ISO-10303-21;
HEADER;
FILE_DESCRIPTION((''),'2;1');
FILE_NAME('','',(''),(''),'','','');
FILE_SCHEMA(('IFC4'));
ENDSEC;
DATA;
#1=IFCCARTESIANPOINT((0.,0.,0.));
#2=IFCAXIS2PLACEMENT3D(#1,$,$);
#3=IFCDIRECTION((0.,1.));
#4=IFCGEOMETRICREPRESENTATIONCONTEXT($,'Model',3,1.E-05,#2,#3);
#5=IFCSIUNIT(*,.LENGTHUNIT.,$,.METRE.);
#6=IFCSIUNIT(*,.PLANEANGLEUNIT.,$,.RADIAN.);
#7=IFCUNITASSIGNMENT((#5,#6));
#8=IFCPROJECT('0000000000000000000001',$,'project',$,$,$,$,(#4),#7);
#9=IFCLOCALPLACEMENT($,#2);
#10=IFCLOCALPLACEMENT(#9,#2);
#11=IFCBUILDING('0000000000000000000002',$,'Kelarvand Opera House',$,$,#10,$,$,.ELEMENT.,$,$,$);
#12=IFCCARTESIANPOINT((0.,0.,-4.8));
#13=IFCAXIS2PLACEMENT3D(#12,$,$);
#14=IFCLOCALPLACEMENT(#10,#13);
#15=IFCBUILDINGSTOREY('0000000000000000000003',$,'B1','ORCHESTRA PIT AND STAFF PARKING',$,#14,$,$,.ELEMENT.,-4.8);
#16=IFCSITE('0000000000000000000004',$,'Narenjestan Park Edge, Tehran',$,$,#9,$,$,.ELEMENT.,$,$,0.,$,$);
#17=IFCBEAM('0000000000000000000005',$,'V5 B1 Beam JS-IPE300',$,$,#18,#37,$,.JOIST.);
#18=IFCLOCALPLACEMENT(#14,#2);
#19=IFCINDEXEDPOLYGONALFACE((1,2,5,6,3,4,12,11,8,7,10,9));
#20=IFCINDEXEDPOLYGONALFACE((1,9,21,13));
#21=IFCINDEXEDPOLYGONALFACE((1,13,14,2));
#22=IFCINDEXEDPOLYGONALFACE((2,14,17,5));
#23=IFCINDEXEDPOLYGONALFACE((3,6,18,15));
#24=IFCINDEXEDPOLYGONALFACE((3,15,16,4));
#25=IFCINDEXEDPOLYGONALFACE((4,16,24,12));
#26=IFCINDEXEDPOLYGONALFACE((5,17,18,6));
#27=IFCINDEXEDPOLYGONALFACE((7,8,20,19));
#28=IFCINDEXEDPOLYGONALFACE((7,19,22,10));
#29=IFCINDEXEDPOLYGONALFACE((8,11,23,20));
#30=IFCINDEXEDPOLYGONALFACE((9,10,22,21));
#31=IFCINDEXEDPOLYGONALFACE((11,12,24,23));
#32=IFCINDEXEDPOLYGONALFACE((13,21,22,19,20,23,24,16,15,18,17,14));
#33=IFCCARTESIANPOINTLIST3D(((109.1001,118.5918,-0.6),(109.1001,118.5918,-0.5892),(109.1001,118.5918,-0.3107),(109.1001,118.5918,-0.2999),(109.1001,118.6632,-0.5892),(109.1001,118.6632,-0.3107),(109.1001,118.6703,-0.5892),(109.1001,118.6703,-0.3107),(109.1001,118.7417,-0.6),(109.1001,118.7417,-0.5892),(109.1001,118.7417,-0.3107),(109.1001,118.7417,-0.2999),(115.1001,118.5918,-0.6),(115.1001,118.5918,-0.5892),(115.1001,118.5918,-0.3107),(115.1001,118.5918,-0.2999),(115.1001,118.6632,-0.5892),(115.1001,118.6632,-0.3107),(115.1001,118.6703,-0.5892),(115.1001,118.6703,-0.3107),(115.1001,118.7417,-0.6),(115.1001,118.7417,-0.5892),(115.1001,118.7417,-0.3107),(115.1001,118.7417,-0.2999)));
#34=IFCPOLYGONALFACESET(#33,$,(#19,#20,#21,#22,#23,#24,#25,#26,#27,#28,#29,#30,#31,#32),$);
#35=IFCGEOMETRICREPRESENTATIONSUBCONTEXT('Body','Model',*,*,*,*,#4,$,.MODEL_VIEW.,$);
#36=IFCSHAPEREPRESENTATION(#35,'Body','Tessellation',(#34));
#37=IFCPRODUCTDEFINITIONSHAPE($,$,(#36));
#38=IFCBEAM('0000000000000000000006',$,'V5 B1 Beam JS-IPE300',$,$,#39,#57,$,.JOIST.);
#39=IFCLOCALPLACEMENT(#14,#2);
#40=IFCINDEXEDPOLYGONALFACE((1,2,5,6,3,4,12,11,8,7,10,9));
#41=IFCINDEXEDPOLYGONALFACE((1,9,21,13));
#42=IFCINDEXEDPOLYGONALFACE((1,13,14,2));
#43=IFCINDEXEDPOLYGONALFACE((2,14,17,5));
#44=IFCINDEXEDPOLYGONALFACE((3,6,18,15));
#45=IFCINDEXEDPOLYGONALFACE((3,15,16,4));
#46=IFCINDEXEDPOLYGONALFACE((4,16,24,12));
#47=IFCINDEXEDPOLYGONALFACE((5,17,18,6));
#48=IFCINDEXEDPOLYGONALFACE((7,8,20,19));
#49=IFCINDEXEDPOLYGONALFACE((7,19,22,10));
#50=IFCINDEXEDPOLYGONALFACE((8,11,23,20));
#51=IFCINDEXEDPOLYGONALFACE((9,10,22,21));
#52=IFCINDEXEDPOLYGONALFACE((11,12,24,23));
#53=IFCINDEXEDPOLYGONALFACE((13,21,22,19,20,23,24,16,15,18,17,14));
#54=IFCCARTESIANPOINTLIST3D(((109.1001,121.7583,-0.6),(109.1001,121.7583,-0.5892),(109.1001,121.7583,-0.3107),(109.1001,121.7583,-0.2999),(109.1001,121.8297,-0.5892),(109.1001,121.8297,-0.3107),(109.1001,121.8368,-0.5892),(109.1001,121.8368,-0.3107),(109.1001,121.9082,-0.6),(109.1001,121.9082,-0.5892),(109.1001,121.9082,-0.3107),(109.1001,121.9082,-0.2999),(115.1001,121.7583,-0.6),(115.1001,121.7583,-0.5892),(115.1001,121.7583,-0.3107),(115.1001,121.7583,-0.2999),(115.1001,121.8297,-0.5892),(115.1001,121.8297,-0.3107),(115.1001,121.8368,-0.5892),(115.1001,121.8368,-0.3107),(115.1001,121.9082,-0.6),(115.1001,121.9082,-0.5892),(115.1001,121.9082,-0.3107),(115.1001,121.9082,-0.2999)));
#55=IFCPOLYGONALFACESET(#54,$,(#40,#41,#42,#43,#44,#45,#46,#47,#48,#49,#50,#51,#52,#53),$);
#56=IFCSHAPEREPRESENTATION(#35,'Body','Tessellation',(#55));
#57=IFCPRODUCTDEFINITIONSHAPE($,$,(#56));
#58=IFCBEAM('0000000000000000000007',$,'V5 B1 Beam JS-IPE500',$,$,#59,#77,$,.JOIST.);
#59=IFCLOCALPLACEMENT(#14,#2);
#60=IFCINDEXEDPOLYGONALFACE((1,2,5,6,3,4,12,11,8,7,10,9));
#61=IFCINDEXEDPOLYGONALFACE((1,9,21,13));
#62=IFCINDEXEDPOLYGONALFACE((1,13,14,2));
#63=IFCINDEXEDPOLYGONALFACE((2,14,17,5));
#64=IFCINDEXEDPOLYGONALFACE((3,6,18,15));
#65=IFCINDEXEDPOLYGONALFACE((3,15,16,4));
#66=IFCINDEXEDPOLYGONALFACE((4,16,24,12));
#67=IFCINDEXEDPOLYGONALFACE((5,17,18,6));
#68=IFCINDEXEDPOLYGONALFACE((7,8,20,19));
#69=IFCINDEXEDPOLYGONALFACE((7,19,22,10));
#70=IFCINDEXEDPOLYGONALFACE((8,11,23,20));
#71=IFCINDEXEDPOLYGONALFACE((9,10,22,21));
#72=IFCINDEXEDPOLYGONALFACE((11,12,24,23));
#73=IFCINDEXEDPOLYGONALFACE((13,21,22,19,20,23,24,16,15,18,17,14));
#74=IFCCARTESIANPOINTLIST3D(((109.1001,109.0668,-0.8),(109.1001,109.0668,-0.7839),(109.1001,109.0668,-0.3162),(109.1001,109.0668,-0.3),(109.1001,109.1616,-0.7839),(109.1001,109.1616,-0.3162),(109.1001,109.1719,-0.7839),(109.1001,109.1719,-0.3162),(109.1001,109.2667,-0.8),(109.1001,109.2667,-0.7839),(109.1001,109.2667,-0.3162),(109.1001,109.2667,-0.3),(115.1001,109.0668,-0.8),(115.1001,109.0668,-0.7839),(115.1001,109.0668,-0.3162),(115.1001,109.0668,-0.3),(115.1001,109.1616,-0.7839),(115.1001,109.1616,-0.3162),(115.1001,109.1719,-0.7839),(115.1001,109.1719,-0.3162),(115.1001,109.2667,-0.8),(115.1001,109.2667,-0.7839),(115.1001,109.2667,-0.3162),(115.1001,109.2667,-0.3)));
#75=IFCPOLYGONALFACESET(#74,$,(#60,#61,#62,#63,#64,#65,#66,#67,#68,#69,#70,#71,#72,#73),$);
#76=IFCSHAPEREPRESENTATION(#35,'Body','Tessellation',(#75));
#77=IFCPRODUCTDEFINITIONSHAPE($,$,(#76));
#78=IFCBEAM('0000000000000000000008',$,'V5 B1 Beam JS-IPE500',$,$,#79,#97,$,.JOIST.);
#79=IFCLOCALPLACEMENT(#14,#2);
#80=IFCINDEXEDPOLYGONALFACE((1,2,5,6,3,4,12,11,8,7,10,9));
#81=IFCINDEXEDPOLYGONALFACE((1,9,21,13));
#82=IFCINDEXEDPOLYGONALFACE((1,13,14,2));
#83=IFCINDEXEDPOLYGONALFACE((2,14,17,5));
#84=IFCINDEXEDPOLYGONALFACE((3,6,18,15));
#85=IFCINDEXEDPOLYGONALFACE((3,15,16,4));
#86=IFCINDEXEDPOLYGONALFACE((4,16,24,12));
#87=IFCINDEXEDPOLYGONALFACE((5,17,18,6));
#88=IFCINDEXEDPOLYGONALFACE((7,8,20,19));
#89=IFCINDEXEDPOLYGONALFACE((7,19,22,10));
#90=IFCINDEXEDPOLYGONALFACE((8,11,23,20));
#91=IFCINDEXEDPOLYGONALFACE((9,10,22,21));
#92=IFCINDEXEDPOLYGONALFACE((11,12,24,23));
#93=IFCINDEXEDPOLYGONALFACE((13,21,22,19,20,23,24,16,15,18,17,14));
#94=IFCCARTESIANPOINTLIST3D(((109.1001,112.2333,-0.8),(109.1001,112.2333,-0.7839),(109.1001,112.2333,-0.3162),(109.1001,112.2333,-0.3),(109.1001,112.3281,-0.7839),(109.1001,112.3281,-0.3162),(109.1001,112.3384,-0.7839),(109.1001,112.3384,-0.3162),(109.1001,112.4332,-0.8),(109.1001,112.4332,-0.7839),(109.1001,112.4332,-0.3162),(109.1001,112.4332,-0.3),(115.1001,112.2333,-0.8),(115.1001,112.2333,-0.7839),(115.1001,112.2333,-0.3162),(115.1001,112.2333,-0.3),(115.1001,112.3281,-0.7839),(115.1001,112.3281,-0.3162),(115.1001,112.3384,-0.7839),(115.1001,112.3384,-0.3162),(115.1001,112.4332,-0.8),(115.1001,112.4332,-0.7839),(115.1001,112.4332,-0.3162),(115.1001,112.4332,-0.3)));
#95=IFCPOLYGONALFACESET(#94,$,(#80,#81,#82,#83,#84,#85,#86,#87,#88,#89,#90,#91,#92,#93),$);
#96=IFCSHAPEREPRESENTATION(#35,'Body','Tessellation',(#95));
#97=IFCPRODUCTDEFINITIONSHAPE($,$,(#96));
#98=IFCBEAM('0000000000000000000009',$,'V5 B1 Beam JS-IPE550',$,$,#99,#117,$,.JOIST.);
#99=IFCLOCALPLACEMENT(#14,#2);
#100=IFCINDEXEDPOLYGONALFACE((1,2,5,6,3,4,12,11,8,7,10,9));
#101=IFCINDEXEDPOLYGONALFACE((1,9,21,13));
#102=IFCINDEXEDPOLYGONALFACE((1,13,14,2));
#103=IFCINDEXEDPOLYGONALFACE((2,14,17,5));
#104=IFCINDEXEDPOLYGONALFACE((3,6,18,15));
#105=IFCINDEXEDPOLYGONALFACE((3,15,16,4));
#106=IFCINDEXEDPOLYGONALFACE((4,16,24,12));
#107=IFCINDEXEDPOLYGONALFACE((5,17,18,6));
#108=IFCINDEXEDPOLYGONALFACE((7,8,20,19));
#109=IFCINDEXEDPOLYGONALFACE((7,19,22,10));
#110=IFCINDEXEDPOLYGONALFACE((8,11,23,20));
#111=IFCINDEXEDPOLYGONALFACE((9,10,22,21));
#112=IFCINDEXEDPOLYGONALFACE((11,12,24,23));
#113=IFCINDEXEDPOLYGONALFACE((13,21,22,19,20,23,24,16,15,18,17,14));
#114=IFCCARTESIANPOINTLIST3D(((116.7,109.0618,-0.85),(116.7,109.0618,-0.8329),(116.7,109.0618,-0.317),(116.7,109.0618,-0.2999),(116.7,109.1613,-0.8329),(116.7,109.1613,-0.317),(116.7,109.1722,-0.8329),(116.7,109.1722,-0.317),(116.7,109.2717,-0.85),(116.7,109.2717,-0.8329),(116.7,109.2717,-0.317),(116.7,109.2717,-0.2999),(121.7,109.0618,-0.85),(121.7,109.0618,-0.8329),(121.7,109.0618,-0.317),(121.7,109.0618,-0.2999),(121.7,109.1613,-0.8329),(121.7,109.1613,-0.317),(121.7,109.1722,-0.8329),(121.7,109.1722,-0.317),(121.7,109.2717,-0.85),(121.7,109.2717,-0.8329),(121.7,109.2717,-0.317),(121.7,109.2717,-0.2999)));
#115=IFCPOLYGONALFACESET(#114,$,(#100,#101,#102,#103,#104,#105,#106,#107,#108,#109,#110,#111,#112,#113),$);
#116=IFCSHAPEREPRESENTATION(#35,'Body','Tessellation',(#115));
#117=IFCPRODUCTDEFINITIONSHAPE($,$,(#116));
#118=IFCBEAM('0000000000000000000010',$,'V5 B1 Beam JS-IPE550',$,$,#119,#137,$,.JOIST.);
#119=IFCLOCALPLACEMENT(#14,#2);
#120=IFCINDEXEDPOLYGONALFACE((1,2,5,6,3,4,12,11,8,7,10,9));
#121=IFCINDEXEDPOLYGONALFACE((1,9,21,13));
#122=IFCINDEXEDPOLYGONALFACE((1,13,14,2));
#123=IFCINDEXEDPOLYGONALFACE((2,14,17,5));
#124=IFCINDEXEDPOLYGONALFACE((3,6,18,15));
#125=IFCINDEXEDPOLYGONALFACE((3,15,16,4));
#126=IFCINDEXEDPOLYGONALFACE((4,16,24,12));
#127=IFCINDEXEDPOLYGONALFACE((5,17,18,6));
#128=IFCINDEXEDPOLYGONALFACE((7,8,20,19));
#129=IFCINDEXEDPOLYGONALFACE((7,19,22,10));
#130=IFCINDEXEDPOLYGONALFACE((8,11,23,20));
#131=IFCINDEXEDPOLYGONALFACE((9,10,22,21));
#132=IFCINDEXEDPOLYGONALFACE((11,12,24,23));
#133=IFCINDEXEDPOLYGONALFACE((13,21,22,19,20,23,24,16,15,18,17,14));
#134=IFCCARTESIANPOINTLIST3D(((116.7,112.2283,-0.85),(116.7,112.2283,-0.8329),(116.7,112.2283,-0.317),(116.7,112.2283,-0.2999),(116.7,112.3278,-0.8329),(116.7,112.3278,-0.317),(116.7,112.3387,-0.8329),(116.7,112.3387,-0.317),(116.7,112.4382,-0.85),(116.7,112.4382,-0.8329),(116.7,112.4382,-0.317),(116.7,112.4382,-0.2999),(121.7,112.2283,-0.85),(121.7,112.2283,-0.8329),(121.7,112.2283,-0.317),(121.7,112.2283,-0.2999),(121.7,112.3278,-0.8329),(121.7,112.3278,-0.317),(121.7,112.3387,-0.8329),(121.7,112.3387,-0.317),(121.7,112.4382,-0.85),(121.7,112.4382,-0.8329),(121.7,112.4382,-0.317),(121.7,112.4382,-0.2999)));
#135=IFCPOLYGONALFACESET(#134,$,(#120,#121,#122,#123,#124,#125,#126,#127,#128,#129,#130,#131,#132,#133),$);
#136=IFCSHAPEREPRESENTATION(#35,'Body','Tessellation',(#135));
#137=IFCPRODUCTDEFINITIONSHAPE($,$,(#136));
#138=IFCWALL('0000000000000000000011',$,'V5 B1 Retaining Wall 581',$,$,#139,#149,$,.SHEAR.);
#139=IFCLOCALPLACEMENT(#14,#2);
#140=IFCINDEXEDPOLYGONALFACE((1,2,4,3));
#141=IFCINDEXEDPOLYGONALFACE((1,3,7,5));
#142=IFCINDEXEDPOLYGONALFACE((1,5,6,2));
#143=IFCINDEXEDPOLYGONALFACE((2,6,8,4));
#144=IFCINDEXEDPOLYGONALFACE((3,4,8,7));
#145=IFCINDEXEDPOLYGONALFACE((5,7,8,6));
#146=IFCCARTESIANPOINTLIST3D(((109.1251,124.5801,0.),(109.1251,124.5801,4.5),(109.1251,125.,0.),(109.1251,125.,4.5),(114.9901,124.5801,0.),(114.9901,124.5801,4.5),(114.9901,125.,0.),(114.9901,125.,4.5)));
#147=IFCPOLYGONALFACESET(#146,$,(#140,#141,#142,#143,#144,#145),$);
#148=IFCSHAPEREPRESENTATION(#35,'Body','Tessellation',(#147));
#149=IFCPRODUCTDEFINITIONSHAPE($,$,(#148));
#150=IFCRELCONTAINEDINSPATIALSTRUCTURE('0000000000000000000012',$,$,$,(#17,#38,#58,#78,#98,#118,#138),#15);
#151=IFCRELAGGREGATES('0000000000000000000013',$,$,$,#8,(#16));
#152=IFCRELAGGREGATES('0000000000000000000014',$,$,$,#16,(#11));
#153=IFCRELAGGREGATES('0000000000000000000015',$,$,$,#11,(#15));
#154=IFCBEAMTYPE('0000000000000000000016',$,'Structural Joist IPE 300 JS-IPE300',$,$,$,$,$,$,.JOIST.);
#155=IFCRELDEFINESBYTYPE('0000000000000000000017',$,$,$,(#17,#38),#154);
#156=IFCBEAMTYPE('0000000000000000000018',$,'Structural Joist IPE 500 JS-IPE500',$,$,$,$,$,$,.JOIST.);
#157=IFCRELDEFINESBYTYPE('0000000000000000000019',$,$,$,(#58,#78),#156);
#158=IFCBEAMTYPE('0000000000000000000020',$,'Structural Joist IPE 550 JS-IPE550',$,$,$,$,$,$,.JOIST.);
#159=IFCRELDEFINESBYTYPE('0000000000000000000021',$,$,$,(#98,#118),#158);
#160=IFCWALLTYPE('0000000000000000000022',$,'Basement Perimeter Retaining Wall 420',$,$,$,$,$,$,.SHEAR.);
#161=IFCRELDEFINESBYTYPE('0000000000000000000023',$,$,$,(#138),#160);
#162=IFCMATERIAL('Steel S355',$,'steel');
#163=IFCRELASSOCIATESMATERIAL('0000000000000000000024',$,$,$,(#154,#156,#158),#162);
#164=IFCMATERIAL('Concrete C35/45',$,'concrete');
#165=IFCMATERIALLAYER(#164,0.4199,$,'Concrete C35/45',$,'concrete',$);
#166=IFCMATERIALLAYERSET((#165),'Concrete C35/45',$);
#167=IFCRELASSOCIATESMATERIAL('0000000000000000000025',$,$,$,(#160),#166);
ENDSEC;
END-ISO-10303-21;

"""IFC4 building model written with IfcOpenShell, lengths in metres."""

from ifc_helpers import new_model, si_unit, direction, frame, frame_2d, origin, origin_2d, place, context, subcontext, project, spatial, rectangle, i_section, extrude, material, layer, layer_set, material_profile, profile_set, type_object, element, save


model = new_model("IFC4")

# Units and contexts
model_context = context("Model", 3, precision=1e-05, world=origin(), true_north=direction((0.0, 1.0)))
body_context = subcontext(model_context, "Body", "Model", "MODEL_VIEW")
ifc_project = project(units=[si_unit("LENGTHUNIT", "METRE"), si_unit("PLANEANGLEUNIT", "RADIAN")], contexts=[model_context])

# Site, building, storey
site_placement = place(None, origin())
site = spatial("IfcSite", under=ifc_project, at=site_placement, Name="Narenjestan Park Edge, Tehran", CompositionType="ELEMENT", RefElevation=0.0)
building_placement = place(site_placement, origin())
building = spatial("IfcBuilding", under=site, at=building_placement, Name="Kelarvand Opera House", CompositionType="ELEMENT")
storey_placement = place(building_placement, frame((0.0, 0.0, -4.8)))
storey = spatial("IfcBuildingStorey", under=building, at=storey_placement, Name="B1", Description="ORCHESTRA PIT AND STAFF PARKING", CompositionType="ELEMENT", Elevation=-4.8)

# Beams
ifc_material_1 = material(Name="Concrete C35/45", Category="concrete")
ifc_material_2 = material(Name="Steel S355", Category="steel")
ifc_material_profile_1 = material_profile(ifc_material_2, i_section(OverallWidth=0.1499, OverallDepth=0.3, WebThickness=0.0071, FlangeThickness=0.0107, at=origin_2d()), Name="IPE 300", Category="steel")
ifc_profile_set_1 = profile_set([ifc_material_profile_1], Name="Steel S355")
beam_type_1 = type_object("IfcBeamType", Name="Structural Joist IPE 300 JS-IPE300", PredefinedType="JOIST", material=ifc_profile_set_1)
for number, where, z_axis, x_axis, name in (
    (1, (109.1001, 118.6667, -0.45), (1.0, 0.0, 0.0), (0.0, 1.0, 0.0), "V5 B1 Beam JS-IPE300"),
    (2, (109.1001, 121.8333, -0.45), (1.0, 0.0, 0.0), (0.0, 1.0, 0.0), "V5 B1 Beam JS-IPE300"),
):
    element("IfcBeam", number, at=place(storey_placement, frame(where, z_axis=z_axis, x_axis=x_axis)), inside=storey, type_object=beam_type_1, Name=name, PredefinedType="JOIST", context=body_context, shape_type="SweptSolid", body=[
        extrude(i_section(OverallWidth=0.1499, OverallDepth=0.3, WebThickness=0.0071, FlangeThickness=0.0107, at=origin_2d()), origin(), (0.0, 0.0, 1.0), 6.0),
    ])
ifc_material_profile_2 = material_profile(ifc_material_2, i_section(OverallWidth=0.2, OverallDepth=0.5, WebThickness=0.0103, FlangeThickness=0.0161, at=origin_2d()), Name="IPE 500", Category="steel")
ifc_profile_set_2 = profile_set([ifc_material_profile_2], Name="Steel S355")
beam_type_2 = type_object("IfcBeamType", Name="Structural Joist IPE 500 JS-IPE500", PredefinedType="JOIST", material=ifc_profile_set_2)
for number, where, z_axis, x_axis, name in (
    (3, (109.1001, 109.1667, -0.55), (1.0, 0.0, 0.0), (0.0, 1.0, 0.0), "V5 B1 Beam JS-IPE500"),
    (4, (109.1001, 112.3333, -0.55), (1.0, 0.0, 0.0), (0.0, 1.0, 0.0), "V5 B1 Beam JS-IPE500"),
):
    element("IfcBeam", number, at=place(storey_placement, frame(where, z_axis=z_axis, x_axis=x_axis)), inside=storey, type_object=beam_type_2, Name=name, PredefinedType="JOIST", context=body_context, shape_type="SweptSolid", body=[
        extrude(i_section(OverallWidth=0.2, OverallDepth=0.5, WebThickness=0.0103, FlangeThickness=0.0161, at=origin_2d()), origin(), (0.0, 0.0, 1.0), 6.0),
    ])
ifc_material_profile_3 = material_profile(ifc_material_2, i_section(OverallWidth=0.21, OverallDepth=0.55, WebThickness=0.011, FlangeThickness=0.0171, at=origin_2d()), Name="IPE 550", Category="steel")
ifc_profile_set_3 = profile_set([ifc_material_profile_3], Name="Steel S355")
beam_type_3 = type_object("IfcBeamType", Name="Structural Joist IPE 550 JS-IPE550", PredefinedType="JOIST", material=ifc_profile_set_3)
for number, where, z_axis, x_axis, name in (
    (5, (116.7, 109.1667, -0.575), (1.0, 0.0, 0.0), (0.0, 1.0, 0.0), "V5 B1 Beam JS-IPE550"),
    (6, (116.7, 112.3333, -0.575), (1.0, 0.0, 0.0), (0.0, 1.0, 0.0), "V5 B1 Beam JS-IPE550"),
):
    element("IfcBeam", number, at=place(storey_placement, frame(where, z_axis=z_axis, x_axis=x_axis)), inside=storey, type_object=beam_type_3, Name=name, PredefinedType="JOIST", context=body_context, shape_type="SweptSolid", body=[
        extrude(i_section(OverallWidth=0.21, OverallDepth=0.55, WebThickness=0.011, FlangeThickness=0.0171, at=origin_2d()), origin(), (0.0, 0.0, 1.0), 5.0),
    ])

# Wall
ifc_layer = layer(ifc_material_1, 0.4199, Name="Concrete C35/45", Category="concrete")
ifc_layer_set = layer_set([ifc_layer], Name="Concrete C35/45")
wall_type = type_object("IfcWallType", Name="Basement Perimeter Retaining Wall 420", PredefinedType="SHEAR", material=ifc_layer_set)
wall_placement = place(storey_placement, frame((109.125, 124.79, 0.0), z_axis=(0.0, 0.0, 1.0), x_axis=(1.0, 0.0, 0.0)))
element("IfcWall", 7, at=wall_placement, inside=storey, type_object=wall_type, Name="V5 B1 Retaining Wall 581", PredefinedType="SHEAR", context=body_context, shape_type="SweptSolid", body=[
    extrude(rectangle(XDim=5.865, YDim=0.4199, at=frame_2d((2.9326, 0.0))), origin(), (0.0, 0.0, 1.0), 4.5),
])

save(model, "model.ifc")
